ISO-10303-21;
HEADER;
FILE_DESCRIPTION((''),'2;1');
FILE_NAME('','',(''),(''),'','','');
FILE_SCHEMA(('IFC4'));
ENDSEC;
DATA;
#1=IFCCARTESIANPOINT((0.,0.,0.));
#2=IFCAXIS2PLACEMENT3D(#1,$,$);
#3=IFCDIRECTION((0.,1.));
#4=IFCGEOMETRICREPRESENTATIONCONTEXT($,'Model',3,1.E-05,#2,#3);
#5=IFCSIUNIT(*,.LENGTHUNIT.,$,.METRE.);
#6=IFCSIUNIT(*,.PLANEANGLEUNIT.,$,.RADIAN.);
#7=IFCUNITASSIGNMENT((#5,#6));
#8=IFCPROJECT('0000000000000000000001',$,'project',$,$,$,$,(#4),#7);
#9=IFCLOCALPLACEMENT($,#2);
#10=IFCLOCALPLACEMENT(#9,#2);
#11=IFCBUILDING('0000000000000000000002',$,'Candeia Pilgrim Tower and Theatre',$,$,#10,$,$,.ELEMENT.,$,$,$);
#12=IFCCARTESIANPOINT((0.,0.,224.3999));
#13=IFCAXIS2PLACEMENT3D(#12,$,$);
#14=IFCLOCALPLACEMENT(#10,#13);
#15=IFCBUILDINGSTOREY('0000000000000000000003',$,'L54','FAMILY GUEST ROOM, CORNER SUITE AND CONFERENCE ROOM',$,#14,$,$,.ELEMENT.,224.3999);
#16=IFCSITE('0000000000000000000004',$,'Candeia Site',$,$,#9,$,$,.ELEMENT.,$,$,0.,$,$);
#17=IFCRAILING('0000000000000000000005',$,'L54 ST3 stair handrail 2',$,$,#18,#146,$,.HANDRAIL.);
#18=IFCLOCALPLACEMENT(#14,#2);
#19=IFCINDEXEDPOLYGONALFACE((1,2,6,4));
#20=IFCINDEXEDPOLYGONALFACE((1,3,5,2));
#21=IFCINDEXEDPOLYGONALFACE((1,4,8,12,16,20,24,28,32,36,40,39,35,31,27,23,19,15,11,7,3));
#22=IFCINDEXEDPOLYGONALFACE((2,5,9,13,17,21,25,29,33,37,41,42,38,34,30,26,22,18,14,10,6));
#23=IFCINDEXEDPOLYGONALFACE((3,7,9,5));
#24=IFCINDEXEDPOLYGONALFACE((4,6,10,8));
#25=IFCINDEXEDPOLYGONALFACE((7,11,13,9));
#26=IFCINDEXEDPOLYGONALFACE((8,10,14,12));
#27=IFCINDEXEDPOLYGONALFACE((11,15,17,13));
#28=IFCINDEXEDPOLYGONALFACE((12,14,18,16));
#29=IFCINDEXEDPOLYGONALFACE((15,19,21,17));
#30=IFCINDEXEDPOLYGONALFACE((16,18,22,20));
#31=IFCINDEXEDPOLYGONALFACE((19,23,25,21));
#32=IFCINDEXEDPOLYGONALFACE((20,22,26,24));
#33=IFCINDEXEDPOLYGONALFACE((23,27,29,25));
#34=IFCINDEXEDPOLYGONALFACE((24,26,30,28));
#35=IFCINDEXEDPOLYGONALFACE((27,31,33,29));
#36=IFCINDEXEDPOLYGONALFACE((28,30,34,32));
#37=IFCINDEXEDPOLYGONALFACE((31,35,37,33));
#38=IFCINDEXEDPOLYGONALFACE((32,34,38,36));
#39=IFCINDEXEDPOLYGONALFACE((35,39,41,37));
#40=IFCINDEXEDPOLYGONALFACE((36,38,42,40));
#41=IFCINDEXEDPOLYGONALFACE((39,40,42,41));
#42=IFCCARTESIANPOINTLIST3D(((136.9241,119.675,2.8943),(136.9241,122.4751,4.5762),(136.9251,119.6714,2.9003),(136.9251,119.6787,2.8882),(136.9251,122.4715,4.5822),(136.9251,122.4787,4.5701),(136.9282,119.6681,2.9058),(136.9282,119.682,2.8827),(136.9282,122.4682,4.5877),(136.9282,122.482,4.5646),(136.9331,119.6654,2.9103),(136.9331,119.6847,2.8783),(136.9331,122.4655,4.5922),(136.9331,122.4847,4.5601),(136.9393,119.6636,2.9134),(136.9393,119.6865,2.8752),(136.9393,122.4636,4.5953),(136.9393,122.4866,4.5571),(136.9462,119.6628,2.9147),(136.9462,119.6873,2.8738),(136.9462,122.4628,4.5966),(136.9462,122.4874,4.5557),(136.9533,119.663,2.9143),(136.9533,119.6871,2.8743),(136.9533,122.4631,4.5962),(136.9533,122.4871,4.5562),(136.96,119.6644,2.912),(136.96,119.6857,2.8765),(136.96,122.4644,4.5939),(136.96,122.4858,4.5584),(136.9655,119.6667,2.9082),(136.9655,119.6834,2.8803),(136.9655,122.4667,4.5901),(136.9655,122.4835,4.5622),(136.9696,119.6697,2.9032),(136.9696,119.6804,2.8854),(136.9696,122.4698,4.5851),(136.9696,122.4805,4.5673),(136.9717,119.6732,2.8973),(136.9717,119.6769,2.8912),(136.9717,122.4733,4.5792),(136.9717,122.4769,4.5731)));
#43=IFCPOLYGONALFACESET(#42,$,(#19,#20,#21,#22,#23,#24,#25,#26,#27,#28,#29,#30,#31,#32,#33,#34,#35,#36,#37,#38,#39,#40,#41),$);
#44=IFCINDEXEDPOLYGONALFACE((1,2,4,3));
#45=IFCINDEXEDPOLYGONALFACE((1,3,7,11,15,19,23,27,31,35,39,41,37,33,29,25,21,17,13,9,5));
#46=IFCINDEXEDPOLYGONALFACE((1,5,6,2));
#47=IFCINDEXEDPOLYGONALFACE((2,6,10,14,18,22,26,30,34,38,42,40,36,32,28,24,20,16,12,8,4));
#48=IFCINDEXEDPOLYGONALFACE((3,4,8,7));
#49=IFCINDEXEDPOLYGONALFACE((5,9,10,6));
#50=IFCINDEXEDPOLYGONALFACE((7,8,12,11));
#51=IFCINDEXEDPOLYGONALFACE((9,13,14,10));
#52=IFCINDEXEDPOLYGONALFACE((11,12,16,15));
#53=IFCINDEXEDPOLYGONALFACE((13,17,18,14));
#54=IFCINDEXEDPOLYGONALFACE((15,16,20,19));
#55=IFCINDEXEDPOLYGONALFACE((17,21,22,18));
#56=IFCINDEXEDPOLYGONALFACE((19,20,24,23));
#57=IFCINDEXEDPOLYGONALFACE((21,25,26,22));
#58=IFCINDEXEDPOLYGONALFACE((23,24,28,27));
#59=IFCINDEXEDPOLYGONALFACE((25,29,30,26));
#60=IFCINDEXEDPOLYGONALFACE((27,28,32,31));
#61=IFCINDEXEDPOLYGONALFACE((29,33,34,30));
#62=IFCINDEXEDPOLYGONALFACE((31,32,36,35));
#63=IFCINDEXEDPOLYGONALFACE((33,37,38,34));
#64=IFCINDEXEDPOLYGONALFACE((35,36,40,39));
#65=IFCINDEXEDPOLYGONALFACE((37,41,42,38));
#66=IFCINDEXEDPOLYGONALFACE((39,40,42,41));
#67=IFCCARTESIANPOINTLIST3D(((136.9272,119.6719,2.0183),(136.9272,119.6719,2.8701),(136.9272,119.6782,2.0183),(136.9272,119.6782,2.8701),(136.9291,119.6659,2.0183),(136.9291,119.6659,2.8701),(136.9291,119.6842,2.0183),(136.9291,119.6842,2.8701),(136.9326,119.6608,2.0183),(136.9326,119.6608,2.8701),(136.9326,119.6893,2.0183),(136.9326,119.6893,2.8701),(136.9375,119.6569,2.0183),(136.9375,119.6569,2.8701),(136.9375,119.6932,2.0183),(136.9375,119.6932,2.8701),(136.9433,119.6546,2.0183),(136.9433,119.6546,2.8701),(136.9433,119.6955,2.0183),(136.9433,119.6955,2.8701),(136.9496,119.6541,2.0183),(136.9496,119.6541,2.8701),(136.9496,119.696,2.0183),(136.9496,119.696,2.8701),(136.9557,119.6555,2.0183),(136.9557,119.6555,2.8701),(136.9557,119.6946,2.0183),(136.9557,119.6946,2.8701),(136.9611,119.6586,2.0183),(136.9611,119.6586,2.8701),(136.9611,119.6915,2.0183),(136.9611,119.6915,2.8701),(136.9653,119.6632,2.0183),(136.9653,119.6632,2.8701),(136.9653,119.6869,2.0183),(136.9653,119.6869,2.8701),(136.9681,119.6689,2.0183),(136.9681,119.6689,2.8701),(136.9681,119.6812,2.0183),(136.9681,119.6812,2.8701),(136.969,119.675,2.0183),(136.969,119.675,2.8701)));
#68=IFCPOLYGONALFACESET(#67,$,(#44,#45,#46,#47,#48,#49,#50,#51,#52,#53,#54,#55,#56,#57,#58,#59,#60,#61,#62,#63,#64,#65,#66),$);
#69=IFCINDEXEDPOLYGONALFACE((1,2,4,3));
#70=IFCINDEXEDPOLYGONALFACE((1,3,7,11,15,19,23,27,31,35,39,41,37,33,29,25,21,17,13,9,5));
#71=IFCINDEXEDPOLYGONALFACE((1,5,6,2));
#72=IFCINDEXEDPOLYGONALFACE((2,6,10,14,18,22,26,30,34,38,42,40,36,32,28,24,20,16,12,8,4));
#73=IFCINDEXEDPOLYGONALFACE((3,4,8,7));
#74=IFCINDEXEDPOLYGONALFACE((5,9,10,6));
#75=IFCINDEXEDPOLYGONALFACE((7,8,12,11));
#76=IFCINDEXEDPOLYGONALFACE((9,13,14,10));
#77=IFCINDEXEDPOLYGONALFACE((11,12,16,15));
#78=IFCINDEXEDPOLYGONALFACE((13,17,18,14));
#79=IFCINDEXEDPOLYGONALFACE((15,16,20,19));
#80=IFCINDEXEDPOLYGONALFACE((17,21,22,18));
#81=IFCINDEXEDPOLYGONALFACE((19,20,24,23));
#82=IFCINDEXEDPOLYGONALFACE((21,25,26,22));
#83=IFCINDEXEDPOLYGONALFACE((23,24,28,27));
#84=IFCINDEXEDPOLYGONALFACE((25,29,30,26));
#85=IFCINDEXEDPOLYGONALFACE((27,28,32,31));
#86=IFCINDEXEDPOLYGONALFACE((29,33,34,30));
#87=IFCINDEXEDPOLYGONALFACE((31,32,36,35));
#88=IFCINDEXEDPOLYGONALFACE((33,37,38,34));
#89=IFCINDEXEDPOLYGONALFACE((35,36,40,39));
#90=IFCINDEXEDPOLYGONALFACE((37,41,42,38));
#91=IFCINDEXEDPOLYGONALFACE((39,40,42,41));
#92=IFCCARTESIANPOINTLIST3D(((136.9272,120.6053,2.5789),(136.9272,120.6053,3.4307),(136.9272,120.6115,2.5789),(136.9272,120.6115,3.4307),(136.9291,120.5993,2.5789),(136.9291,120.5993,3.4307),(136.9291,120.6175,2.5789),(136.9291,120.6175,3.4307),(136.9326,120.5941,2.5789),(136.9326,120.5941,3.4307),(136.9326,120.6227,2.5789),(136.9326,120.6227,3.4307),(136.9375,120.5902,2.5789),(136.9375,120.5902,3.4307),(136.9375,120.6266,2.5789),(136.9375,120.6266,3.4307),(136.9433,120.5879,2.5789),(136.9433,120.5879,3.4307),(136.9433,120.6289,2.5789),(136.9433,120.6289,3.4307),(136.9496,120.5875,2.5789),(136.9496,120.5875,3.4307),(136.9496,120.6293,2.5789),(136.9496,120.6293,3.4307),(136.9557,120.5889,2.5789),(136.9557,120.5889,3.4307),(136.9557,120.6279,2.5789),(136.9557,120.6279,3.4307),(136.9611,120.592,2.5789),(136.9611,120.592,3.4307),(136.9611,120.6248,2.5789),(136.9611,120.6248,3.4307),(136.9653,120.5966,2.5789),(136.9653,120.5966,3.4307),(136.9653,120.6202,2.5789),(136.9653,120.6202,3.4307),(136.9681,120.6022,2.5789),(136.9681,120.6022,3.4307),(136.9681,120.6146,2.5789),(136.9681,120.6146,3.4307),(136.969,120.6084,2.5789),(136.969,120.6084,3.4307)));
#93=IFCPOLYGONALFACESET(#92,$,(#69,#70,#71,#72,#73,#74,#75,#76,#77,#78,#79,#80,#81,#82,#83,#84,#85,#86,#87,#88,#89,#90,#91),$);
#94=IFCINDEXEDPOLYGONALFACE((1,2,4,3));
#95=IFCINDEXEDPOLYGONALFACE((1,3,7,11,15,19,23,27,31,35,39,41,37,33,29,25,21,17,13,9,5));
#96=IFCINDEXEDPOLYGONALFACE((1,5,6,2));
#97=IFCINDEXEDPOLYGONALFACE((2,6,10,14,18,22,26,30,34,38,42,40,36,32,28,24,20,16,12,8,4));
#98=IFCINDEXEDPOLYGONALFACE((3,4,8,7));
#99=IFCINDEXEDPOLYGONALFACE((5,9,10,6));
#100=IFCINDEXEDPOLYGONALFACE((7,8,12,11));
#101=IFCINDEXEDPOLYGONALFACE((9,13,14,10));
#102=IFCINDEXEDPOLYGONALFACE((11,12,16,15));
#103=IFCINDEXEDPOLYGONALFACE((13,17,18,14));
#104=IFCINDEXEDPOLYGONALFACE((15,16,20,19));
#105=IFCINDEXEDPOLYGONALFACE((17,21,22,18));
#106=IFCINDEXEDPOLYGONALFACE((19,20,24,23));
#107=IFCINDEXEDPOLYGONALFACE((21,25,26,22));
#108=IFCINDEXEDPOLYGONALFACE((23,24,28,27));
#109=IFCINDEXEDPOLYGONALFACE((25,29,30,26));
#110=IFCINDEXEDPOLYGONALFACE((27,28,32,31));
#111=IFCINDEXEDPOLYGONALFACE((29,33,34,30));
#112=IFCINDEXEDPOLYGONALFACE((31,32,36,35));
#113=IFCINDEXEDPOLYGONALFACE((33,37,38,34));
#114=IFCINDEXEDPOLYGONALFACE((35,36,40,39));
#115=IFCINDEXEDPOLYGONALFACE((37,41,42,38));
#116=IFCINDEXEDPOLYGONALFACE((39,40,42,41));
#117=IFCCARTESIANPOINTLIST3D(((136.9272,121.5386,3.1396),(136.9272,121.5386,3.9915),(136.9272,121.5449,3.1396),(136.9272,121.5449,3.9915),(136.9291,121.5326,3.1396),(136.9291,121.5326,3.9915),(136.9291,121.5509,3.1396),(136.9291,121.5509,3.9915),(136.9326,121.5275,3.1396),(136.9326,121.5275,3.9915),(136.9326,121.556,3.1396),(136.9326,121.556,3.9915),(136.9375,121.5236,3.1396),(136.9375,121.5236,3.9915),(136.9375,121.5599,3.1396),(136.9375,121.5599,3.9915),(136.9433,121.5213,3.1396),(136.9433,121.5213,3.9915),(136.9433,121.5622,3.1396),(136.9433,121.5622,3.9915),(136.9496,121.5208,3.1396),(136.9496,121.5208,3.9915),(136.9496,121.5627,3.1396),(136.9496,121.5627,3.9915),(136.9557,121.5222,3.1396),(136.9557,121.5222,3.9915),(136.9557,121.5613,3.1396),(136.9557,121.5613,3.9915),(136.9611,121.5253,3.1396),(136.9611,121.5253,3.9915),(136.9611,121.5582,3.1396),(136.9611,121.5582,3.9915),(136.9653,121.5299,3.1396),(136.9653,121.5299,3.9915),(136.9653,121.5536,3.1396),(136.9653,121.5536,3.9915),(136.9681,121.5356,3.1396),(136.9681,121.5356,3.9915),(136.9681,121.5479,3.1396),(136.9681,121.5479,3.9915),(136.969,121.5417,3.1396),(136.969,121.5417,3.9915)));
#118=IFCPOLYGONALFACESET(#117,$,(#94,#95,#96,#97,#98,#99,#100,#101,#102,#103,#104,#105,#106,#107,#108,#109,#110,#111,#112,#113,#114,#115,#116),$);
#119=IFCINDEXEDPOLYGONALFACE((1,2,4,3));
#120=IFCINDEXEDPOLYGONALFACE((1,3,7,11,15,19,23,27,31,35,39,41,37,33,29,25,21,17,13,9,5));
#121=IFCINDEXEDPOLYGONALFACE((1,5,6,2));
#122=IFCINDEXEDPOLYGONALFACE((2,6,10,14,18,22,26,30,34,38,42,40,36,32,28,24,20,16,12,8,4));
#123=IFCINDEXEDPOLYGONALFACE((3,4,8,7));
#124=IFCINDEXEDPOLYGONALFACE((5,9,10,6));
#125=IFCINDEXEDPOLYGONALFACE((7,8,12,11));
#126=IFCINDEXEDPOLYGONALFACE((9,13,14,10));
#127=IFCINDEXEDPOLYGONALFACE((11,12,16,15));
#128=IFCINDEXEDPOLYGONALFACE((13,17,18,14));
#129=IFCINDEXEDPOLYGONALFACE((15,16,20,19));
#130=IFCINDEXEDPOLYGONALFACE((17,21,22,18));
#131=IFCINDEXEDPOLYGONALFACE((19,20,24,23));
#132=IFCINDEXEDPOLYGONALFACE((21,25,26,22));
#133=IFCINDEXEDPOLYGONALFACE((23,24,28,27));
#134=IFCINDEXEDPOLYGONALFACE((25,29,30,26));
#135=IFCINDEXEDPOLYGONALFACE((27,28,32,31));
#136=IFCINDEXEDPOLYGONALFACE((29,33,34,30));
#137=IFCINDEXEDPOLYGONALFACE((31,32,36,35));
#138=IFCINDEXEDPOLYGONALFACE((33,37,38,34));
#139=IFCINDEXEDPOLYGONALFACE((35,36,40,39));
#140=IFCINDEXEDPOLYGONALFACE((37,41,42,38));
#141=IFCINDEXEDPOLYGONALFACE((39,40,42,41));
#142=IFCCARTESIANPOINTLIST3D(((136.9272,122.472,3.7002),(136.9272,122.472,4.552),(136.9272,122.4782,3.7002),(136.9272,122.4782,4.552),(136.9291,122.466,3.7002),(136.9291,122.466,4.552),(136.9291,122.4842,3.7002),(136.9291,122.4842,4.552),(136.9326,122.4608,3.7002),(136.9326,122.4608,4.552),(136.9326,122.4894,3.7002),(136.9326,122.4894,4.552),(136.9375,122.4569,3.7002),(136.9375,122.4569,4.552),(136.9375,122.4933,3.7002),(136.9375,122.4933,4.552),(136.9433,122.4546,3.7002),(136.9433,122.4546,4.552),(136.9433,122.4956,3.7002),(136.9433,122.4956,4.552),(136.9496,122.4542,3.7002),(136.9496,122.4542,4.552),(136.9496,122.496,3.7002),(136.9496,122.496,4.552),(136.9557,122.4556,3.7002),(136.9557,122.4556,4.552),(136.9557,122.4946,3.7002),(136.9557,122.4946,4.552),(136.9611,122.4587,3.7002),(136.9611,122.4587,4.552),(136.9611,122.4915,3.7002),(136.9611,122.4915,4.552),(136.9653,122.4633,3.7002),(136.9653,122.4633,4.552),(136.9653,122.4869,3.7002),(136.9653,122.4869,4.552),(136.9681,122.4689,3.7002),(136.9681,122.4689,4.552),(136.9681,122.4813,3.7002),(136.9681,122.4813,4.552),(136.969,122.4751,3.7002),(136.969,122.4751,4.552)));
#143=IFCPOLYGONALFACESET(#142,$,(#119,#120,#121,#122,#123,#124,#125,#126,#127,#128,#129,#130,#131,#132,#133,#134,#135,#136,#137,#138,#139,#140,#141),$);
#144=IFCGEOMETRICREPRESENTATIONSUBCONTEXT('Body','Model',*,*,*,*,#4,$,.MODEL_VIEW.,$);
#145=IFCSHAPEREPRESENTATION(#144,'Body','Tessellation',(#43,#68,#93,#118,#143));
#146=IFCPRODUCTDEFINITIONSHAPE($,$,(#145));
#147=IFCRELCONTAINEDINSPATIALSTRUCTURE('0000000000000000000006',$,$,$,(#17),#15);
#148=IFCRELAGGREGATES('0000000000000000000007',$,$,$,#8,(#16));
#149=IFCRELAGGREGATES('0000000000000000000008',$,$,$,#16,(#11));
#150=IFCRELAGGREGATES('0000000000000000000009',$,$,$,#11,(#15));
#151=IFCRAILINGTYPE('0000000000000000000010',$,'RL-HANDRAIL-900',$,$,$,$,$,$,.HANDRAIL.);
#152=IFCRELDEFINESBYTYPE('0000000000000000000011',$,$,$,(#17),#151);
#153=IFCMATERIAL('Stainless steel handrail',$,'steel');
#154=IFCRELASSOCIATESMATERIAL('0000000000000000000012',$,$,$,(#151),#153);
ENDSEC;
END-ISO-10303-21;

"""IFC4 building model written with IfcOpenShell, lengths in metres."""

from ifc_helpers import new_model, si_unit, direction, frame, origin, origin_2d, place, context, subcontext, project, spatial, circle, extrude, material, type_object, element, save


model = new_model("IFC4")

# Units and contexts
model_context = context("Model", 3, precision=1e-05, world=origin(), true_north=direction((0.0, 1.0)))
body_context = subcontext(model_context, "Body", "Model", "MODEL_VIEW")
ifc_project = project(units=[si_unit("LENGTHUNIT", "METRE"), si_unit("PLANEANGLEUNIT", "RADIAN")], contexts=[model_context])

# Site, building, storey
site_placement = place(None, origin())
site = spatial("IfcSite", under=ifc_project, at=site_placement, Name="Candeia Site", CompositionType="ELEMENT", RefElevation=0.0)
building_placement = place(site_placement, origin())
building = spatial("IfcBuilding", under=site, at=building_placement, Name="Candeia Pilgrim Tower and Theatre", CompositionType="ELEMENT")
storey_placement = place(building_placement, frame((0.0, 0.0, 224.3999)))
storey = spatial("IfcBuildingStorey", under=building, at=storey_placement, Name="L54", Description="FAMILY GUEST ROOM, CORNER SUITE AND CONFERENCE ROOM", CompositionType="ELEMENT", Elevation=224.3999)

# Railing
ifc_material_1 = material(Name="Stainless steel handrail", Category="steel")
railing_type_1 = type_object("IfcRailingType", Name="RL-HANDRAIL-900", PredefinedType="HANDRAIL", material=ifc_material_1)
railing_1_placement = place(storey_placement, frame((136.948, 119.675, 2.0183)))
element("IfcRailing", 1, at=railing_1_placement, inside=storey, type_object=railing_type_1, Name="L54 ST3 stair handrail 2", PredefinedType="HANDRAIL", context=body_context, shape_type="SweptSolid", body=[
    extrude(circle(Radius=0.0239, at=origin_2d()), frame((0.0, 0.0, 0.876), z_axis=(0.0, 0.857242, 0.514913), x_axis=(-1.0, 0.0, 0.0)), (0.0, 0.0, 1.0), 3.2664),
    extrude(circle(Radius=0.021, at=origin_2d()), origin(), (0.0, 0.0, 1.0), 0.8518),
    extrude(circle(Radius=0.021, at=origin_2d()), frame((0.0, 0.9333, 0.5605)), (0.0, 0.0, 1.0), 0.8518),
    extrude(circle(Radius=0.021, at=origin_2d()), frame((0.0, 1.8667, 1.1213)), (0.0, 0.0, 1.0), 0.8518),
    extrude(circle(Radius=0.021, at=origin_2d()), frame((0.0, 2.8, 1.6819)), (0.0, 0.0, 1.0), 0.8518),
])

save(model, "model.ifc")
